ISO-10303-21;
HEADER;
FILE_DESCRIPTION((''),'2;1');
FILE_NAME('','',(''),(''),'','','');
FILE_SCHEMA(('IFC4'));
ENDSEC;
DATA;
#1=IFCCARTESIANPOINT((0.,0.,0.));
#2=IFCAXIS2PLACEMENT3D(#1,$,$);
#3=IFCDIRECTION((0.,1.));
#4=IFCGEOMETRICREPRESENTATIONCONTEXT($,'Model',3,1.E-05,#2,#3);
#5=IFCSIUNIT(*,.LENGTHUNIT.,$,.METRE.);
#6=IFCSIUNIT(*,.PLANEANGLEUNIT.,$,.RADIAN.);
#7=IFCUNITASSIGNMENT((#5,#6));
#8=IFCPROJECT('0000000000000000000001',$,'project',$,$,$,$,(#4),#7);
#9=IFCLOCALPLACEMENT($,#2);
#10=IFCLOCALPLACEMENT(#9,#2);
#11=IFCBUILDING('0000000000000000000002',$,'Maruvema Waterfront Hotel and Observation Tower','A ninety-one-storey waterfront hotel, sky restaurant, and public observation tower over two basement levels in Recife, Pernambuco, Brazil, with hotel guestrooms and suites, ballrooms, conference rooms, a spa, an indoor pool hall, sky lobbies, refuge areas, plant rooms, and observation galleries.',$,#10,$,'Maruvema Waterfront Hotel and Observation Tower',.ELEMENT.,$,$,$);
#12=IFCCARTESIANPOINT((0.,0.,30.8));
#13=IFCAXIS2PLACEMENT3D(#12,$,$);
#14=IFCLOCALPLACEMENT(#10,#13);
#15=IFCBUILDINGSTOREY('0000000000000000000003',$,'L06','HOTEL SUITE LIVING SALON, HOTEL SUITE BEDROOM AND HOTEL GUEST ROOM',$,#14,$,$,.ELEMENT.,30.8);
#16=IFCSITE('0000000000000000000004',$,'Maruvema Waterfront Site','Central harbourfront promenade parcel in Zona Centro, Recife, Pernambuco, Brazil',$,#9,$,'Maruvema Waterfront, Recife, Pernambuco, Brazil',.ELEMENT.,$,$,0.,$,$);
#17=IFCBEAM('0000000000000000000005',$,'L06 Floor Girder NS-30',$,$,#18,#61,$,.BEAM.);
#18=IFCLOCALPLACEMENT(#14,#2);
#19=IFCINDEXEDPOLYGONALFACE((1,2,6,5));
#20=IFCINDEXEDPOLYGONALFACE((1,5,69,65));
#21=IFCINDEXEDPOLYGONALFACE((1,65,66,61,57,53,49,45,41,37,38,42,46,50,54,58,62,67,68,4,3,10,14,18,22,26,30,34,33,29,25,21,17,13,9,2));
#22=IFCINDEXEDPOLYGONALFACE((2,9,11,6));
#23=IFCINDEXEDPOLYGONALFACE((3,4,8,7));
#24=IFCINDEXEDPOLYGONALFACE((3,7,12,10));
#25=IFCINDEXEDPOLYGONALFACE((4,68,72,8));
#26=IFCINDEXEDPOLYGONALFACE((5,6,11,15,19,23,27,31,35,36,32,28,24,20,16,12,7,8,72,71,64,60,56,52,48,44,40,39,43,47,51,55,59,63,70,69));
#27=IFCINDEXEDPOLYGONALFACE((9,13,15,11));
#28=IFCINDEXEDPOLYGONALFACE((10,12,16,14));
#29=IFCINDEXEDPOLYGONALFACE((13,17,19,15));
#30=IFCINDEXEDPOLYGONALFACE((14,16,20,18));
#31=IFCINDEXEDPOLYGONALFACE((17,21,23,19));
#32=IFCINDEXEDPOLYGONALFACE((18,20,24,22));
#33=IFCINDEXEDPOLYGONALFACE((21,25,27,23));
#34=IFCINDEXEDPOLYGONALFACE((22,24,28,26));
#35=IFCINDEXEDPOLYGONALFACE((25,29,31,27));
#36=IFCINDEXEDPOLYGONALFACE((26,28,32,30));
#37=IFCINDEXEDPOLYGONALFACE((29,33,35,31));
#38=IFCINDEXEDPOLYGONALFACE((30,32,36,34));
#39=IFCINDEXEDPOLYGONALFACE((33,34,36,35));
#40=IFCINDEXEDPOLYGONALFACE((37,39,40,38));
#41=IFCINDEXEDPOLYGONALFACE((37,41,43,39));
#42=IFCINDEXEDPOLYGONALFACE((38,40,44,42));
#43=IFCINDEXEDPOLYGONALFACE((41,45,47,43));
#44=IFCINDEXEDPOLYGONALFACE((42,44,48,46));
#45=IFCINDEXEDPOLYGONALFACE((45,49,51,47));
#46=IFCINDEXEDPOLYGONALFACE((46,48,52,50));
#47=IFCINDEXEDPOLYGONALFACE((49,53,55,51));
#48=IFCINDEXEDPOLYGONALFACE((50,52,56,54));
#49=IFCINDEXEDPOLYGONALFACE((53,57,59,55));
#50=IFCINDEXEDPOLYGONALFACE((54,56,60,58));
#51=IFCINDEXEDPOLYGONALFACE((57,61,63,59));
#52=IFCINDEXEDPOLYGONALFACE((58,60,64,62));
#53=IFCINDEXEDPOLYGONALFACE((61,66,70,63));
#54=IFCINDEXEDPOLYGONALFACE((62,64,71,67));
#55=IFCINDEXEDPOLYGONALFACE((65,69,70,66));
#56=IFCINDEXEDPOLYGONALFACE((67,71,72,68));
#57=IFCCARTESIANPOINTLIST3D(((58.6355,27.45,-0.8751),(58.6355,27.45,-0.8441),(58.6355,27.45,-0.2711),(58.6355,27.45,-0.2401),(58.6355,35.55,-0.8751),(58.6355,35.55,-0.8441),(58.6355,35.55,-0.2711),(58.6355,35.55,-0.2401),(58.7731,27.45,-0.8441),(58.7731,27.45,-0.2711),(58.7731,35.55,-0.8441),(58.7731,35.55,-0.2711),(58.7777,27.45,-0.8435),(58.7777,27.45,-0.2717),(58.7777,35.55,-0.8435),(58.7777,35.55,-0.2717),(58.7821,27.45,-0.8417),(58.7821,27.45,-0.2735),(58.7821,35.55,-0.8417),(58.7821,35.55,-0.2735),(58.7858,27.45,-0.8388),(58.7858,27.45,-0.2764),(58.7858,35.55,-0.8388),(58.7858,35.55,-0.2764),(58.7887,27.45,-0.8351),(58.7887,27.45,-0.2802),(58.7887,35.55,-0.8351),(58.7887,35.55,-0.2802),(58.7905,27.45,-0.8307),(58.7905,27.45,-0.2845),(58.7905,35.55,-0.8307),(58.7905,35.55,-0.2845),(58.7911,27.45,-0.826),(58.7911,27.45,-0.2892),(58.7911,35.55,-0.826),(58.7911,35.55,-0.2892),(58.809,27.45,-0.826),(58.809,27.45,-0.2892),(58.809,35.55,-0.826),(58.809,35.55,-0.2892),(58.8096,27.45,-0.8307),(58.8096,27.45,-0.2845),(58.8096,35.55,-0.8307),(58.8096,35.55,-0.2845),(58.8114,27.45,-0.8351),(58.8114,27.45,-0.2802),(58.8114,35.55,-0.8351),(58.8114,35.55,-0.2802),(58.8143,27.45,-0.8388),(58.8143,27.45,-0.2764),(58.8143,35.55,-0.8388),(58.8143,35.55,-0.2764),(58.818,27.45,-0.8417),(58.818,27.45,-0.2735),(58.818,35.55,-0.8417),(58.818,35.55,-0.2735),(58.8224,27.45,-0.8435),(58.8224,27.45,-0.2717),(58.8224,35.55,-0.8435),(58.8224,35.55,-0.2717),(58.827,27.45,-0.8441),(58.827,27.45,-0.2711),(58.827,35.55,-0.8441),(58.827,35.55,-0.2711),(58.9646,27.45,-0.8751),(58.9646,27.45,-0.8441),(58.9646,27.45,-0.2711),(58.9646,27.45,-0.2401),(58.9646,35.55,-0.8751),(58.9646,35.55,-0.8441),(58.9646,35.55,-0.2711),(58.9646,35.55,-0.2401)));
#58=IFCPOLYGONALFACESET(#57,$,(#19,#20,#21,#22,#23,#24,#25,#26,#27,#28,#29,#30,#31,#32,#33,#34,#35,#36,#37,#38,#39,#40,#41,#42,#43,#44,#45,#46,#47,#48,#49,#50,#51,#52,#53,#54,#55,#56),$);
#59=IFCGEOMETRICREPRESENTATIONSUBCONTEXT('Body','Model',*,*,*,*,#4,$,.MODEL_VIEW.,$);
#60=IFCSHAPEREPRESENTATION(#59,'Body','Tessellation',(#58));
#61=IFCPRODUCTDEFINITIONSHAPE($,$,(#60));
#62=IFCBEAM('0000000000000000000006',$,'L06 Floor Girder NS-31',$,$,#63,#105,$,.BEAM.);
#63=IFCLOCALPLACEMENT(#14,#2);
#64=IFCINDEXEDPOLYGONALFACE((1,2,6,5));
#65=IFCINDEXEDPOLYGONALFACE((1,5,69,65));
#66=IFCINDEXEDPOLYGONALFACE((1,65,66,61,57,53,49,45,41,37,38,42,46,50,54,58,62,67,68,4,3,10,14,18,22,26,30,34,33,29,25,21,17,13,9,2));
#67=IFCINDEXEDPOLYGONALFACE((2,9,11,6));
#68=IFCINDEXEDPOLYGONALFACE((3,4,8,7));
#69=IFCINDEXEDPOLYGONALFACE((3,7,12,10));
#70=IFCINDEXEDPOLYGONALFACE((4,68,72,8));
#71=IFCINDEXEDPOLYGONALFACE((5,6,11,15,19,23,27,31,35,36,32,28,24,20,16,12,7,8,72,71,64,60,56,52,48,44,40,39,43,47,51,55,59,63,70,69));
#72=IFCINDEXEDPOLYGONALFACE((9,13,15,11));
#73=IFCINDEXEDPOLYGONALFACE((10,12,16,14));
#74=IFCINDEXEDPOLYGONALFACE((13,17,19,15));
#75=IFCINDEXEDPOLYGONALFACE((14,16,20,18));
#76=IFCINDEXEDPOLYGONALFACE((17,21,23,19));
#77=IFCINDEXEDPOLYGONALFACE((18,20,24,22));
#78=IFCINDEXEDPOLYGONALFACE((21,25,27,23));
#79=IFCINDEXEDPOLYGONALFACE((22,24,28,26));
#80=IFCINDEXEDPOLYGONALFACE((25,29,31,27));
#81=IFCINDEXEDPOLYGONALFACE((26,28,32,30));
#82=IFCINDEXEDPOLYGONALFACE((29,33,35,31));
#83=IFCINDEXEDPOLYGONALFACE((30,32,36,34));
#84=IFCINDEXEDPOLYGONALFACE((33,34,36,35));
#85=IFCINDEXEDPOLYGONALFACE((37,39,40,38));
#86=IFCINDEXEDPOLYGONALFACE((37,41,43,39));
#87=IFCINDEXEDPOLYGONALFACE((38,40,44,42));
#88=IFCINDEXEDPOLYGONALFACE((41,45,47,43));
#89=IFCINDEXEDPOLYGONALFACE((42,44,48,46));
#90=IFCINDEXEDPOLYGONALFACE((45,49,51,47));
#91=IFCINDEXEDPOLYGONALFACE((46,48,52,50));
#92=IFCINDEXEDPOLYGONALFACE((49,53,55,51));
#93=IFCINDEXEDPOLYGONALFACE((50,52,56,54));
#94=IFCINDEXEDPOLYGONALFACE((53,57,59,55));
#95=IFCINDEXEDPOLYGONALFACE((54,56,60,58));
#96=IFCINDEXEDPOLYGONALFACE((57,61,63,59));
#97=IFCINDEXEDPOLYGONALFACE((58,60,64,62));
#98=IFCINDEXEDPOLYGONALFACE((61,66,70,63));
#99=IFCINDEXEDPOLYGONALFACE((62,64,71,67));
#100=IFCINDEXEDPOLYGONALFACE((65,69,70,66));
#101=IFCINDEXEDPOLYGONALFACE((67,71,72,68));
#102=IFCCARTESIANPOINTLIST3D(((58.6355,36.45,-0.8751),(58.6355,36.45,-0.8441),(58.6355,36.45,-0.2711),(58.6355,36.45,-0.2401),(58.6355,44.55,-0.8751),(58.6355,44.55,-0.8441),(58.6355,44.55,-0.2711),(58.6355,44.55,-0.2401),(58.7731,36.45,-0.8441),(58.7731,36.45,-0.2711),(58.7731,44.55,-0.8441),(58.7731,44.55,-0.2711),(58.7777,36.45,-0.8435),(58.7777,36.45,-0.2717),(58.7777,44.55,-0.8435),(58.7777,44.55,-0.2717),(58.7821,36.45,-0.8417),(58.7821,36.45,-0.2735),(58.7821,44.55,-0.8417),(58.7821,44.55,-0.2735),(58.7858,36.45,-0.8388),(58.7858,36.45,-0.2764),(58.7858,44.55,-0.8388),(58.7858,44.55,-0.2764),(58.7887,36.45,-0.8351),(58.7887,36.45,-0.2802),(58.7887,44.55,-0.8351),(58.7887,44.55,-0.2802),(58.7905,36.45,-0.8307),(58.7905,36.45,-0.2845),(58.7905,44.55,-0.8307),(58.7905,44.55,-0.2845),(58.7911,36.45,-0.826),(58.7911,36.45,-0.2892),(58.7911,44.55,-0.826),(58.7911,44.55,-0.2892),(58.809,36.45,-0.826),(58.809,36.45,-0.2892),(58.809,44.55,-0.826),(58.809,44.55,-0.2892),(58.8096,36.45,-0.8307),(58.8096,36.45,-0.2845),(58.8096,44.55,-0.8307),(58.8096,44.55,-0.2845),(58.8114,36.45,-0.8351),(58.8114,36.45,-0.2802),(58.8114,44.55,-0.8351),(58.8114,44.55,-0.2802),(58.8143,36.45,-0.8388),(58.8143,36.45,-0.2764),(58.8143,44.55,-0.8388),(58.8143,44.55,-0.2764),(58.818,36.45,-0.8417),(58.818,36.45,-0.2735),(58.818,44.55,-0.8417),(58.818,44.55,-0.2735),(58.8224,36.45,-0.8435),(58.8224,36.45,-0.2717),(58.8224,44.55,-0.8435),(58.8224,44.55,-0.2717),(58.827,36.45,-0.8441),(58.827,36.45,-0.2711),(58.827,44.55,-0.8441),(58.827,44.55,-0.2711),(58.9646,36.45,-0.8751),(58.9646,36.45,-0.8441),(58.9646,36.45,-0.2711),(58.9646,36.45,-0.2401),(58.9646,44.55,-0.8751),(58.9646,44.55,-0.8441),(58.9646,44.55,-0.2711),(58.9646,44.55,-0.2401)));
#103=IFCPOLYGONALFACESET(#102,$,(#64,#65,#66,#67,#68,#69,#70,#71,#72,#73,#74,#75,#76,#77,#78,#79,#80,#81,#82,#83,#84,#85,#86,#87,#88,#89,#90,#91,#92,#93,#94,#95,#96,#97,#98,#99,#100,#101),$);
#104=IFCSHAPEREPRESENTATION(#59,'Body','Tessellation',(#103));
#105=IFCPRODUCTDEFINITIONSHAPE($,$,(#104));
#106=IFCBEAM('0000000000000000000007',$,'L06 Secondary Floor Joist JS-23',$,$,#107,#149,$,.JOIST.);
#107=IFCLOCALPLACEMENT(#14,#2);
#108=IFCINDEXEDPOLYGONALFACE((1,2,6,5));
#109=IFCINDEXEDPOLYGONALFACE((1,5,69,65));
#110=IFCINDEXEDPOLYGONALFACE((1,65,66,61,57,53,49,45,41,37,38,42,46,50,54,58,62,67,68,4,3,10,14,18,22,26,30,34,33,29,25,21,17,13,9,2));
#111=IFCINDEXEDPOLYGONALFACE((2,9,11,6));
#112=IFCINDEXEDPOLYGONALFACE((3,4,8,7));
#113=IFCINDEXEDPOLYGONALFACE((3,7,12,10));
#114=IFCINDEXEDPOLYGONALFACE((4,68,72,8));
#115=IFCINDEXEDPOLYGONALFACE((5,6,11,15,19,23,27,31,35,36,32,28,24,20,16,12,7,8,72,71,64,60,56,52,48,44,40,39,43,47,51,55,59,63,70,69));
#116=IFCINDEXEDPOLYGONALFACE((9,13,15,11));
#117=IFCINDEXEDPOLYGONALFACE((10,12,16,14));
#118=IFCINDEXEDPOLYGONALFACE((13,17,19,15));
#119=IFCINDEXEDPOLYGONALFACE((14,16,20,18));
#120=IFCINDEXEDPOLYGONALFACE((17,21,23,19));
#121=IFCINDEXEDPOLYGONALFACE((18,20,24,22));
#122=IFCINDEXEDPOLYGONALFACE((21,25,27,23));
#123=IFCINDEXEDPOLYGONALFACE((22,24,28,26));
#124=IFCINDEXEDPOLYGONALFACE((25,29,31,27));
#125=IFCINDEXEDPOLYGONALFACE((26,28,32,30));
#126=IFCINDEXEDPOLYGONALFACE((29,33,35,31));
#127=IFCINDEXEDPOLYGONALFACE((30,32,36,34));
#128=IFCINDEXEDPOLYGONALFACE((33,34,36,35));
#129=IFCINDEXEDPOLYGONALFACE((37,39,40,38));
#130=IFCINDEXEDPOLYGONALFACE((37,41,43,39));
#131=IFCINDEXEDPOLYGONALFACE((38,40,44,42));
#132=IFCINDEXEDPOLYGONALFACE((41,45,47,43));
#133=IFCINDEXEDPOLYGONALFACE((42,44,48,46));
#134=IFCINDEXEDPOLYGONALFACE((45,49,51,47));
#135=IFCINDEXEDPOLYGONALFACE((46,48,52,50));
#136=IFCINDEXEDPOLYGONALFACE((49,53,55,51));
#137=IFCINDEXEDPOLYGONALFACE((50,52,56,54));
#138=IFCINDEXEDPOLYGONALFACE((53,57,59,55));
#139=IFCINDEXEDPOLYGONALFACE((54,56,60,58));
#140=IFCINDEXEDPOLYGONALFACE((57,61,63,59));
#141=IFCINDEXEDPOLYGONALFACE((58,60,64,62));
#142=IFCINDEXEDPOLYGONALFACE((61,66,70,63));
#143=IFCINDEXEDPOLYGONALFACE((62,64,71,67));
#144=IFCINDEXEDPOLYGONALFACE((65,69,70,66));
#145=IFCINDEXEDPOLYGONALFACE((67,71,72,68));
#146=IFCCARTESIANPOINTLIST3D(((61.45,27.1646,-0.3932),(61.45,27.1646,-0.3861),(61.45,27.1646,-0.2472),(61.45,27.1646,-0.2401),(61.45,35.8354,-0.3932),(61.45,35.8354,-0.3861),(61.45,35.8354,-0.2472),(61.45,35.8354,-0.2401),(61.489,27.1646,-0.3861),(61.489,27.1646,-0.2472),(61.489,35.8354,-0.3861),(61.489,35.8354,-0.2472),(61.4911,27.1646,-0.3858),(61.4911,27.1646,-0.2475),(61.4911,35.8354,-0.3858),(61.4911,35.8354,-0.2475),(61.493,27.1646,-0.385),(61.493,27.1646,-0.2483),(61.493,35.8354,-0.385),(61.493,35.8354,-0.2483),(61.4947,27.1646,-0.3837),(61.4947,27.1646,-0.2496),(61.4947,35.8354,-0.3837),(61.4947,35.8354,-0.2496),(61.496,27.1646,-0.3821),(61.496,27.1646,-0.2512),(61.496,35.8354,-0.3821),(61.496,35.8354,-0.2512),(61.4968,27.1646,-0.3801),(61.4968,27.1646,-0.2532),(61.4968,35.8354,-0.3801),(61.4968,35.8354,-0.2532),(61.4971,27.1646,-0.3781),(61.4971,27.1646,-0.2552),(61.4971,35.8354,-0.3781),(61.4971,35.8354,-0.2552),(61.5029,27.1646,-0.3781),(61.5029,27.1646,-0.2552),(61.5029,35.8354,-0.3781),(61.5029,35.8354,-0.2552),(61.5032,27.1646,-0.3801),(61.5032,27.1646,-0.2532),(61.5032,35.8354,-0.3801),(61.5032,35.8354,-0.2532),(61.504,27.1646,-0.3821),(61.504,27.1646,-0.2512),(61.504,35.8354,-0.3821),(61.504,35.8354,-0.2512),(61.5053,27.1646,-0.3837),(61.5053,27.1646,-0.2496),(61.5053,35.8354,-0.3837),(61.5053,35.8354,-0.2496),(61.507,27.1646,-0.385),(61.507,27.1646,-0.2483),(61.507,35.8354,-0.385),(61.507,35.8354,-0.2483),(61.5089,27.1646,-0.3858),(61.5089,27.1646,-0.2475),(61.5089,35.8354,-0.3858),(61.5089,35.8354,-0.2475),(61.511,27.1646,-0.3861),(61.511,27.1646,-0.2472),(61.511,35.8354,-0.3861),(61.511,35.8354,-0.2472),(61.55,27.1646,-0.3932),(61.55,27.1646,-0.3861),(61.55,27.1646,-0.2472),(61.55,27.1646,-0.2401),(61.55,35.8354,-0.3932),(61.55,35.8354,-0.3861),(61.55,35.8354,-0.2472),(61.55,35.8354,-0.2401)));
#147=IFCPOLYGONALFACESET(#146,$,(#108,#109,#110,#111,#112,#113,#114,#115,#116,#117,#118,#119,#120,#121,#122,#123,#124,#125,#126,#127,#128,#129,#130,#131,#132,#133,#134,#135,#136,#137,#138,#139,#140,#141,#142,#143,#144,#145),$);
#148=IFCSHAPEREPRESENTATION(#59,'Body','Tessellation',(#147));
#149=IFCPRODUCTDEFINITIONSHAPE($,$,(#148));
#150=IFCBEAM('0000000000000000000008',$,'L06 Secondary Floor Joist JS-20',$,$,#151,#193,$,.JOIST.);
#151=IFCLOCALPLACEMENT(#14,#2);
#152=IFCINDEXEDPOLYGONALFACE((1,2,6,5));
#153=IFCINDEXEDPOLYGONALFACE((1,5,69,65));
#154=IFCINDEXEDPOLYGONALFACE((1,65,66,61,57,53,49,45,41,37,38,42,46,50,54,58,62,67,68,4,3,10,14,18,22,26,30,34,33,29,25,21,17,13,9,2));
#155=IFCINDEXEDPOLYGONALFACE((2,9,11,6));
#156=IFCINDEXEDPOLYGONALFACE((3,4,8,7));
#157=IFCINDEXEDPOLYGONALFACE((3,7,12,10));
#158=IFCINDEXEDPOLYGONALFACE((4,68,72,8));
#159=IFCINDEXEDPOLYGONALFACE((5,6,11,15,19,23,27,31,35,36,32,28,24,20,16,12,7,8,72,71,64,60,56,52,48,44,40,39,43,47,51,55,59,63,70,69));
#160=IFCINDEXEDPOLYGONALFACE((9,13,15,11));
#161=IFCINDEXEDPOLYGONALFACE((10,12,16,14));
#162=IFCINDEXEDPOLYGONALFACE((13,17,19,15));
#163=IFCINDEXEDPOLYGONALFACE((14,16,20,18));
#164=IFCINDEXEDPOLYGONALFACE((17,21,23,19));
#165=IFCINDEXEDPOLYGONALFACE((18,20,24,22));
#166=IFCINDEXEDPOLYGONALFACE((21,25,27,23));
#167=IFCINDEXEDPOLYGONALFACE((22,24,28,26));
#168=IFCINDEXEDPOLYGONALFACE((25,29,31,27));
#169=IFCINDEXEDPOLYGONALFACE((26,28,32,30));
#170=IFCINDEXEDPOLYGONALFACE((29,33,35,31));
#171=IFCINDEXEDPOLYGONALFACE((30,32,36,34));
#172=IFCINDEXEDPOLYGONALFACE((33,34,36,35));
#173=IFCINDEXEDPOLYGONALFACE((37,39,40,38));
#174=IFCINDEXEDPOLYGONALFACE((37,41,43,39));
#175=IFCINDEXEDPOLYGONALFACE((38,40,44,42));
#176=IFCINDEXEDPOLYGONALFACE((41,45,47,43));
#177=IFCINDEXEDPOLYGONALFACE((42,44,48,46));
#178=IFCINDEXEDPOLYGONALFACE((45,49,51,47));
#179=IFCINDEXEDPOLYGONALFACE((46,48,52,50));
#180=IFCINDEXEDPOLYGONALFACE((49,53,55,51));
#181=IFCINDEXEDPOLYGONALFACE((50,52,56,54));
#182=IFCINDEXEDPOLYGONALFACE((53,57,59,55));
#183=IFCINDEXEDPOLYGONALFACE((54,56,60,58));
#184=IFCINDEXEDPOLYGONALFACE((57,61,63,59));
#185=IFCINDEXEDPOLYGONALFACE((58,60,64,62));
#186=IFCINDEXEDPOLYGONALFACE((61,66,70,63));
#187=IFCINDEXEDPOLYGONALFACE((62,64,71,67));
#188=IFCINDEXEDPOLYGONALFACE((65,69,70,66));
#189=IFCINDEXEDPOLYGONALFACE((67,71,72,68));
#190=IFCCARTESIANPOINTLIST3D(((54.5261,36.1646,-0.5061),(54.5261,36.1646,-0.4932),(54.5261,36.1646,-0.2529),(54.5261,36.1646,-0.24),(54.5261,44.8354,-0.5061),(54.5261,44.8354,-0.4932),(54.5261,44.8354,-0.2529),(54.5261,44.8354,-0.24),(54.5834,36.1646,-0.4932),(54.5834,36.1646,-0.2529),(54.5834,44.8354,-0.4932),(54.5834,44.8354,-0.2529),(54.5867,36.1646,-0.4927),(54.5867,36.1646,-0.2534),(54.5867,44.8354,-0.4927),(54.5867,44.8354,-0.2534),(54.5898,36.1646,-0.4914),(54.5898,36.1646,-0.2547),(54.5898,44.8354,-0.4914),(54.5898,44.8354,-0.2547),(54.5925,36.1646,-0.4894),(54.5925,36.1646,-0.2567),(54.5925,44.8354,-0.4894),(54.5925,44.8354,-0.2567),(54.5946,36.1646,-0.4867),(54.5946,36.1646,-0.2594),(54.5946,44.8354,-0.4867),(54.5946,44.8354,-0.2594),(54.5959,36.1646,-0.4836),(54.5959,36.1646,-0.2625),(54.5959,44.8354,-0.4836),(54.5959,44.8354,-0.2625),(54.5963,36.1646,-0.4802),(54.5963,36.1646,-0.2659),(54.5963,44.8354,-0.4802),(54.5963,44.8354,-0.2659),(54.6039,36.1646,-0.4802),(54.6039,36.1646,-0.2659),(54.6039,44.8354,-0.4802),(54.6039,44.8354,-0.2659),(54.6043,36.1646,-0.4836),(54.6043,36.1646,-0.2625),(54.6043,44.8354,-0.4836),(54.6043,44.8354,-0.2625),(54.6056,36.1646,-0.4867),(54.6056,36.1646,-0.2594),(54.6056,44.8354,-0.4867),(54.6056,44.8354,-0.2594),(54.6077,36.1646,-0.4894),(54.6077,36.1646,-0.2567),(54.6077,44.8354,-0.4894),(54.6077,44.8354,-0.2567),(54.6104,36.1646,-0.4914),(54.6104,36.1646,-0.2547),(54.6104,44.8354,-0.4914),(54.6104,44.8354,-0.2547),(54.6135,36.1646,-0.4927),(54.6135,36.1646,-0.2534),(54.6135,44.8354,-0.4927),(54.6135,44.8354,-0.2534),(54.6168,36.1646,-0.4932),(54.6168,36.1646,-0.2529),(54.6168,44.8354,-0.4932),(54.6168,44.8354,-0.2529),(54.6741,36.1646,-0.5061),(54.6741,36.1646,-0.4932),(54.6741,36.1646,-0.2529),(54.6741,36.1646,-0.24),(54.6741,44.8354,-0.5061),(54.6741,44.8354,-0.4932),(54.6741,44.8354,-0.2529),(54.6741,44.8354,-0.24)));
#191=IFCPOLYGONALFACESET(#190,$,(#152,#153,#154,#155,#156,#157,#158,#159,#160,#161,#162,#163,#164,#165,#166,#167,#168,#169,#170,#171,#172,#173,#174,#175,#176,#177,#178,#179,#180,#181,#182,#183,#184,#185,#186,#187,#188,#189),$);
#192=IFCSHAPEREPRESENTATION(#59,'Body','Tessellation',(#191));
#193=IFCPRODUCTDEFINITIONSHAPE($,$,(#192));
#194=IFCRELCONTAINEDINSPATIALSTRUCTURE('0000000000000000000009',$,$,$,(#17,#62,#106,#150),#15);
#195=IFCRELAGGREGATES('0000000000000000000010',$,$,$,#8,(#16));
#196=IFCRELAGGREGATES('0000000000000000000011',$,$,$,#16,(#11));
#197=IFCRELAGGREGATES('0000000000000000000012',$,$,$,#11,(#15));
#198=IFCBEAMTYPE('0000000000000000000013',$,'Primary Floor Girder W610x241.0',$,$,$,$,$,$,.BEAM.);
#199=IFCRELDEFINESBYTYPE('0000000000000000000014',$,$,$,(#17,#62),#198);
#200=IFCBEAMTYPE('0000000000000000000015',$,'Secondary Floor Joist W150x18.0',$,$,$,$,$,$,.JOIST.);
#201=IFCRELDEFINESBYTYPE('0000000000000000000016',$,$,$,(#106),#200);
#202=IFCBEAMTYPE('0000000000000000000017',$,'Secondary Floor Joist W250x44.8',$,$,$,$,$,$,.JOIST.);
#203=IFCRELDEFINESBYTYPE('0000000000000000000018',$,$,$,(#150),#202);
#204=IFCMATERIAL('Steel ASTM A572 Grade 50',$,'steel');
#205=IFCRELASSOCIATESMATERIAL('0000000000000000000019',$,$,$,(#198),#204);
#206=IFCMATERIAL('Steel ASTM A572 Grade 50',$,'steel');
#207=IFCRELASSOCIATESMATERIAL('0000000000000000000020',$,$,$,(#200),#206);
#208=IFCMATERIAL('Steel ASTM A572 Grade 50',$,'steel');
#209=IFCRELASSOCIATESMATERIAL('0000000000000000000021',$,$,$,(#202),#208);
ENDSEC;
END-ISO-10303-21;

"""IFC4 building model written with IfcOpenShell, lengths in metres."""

from ifc_helpers import new_model, si_unit, direction, frame, origin, origin_2d, place, context, subcontext, project, spatial, i_section, extrude, material, material_profile, profile_set, type_object, element, save


model = new_model("IFC4")

# Units and contexts
model_context = context("Model", 3, precision=1e-05, world=origin(), true_north=direction((0.0, 1.0)))
body_context = subcontext(model_context, "Body", "Model", "MODEL_VIEW")
ifc_project = project(units=[si_unit("LENGTHUNIT", "METRE"), si_unit("PLANEANGLEUNIT", "RADIAN")], contexts=[model_context])

# Site, building, storey
site_placement = place(None, origin())
site = spatial("IfcSite", under=ifc_project, at=site_placement, Name="Maruvema Waterfront Site", Description="Central harbourfront promenade parcel in Zona Centro, Recife, Pernambuco, Brazil", LongName="Maruvema Waterfront, Recife, Pernambuco, Brazil", CompositionType="ELEMENT", RefElevation=0.0)
building_placement = place(site_placement, origin())
building = spatial("IfcBuilding", under=site, at=building_placement, Name="Maruvema Waterfront Hotel and Observation Tower", Description="A ninety-one-storey waterfront hotel, sky restaurant, and public observation tower over two basement levels in Recife, Pernambuco, Brazil, with hotel guestrooms and suites, ballrooms, conference rooms, a spa, an indoor pool hall, sky lobbies, refuge areas, plant rooms, and observation galleries.", LongName="Maruvema Waterfront Hotel and Observation Tower", CompositionType="ELEMENT")
storey_placement = place(building_placement, frame((0.0, 0.0, 30.8)))
storey = spatial("IfcBuildingStorey", under=building, at=storey_placement, Name="L06", Description="HOTEL SUITE LIVING SALON, HOTEL SUITE BEDROOM AND HOTEL GUEST ROOM", CompositionType="ELEMENT", Elevation=30.8)

# Beams
ifc_material_1 = material(Name="Steel ASTM A572 Grade 50", Category="steel")
ifc_material_profile_1 = material_profile(ifc_material_1, i_section(OverallWidth=0.3291, OverallDepth=0.635, WebThickness=0.0178, FlangeThickness=0.031, FilletRadius=0.0181, at=origin_2d()), Name="W610x241.0")
ifc_profile_set_1 = profile_set([ifc_material_profile_1], Name="Steel ASTM A572 Grade 50")
beam_type_1 = type_object("IfcBeamType", Name="Primary Floor Girder W610x241.0", PredefinedType="BEAM", material=ifc_profile_set_1)
for number, where, z_axis, x_axis, name in (
    (1, (58.8, 27.45, -0.5576), (0.0, 1.0, 0.0), (-1.0, 0.0, 0.0), "L06 Floor Girder NS-30"),
    (2, (58.8, 36.45, -0.5576), (0.0, 1.0, 0.0), (-1.0, 0.0, 0.0), "L06 Floor Girder NS-31"),
):
    element("IfcBeam", number, at=place(storey_placement, frame(where, z_axis=z_axis, x_axis=x_axis)), inside=storey, type_object=beam_type_1, Name=name, PredefinedType="BEAM", context=body_context, shape_type="SweptSolid", body=[
        extrude(i_section(OverallWidth=0.3291, OverallDepth=0.635, WebThickness=0.0178, FlangeThickness=0.031, FilletRadius=0.0181, at=origin_2d()), origin(), (0.0, 0.0, 1.0), 8.1001),
    ])
ifc_material_2 = material(Name="Steel ASTM A572 Grade 50", Category="steel")
ifc_material_profile_2 = material_profile(ifc_material_2, i_section(OverallWidth=0.1001, OverallDepth=0.1531, WebThickness=0.0059, FlangeThickness=0.0071, FilletRadius=0.0081, at=origin_2d()), Name="W150x18.0")
ifc_profile_set_2 = profile_set([ifc_material_profile_2], Name="Steel ASTM A572 Grade 50")
beam_type_2 = type_object("IfcBeamType", Name="Secondary Floor Joist W150x18.0", PredefinedType="JOIST", material=ifc_profile_set_2)
beam_1_placement = place(storey_placement, frame((61.5, 27.1646, -0.3167), z_axis=(0.0, 1.0, 0.0), x_axis=(-1.0, 0.0, 0.0)))
element("IfcBeam", 3, at=beam_1_placement, inside=storey, type_object=beam_type_2, Name="L06 Secondary Floor Joist JS-23", PredefinedType="JOIST", context=body_context, shape_type="SweptSolid", body=[
    extrude(i_section(OverallWidth=0.1001, OverallDepth=0.1531, WebThickness=0.0059, FlangeThickness=0.0071, FilletRadius=0.0081, at=origin_2d()), origin(), (0.0, 0.0, 1.0), 8.6709),
])
ifc_material_3 = material(Name="Steel ASTM A572 Grade 50", Category="steel")
ifc_material_profile_3 = material_profile(ifc_material_3, i_section(OverallWidth=0.1479, OverallDepth=0.2661, WebThickness=0.0076, FlangeThickness=0.0129, FilletRadius=0.0129, at=origin_2d()), Name="W250x44.8")
ifc_profile_set_3 = profile_set([ifc_material_profile_3], Name="Steel ASTM A572 Grade 50")
beam_type_3 = type_object("IfcBeamType", Name="Secondary Floor Joist W250x44.8", PredefinedType="JOIST", material=ifc_profile_set_3)
beam_2_placement = place(storey_placement, frame((54.6001, 36.1646, -0.373), z_axis=(0.0, 1.0, 0.0), x_axis=(-1.0, 0.0, 0.0)))
element("IfcBeam", 4, at=beam_2_placement, inside=storey, type_object=beam_type_3, Name="L06 Secondary Floor Joist JS-20", PredefinedType="JOIST", context=body_context, shape_type="SweptSolid", body=[
    extrude(i_section(OverallWidth=0.1479, OverallDepth=0.2661, WebThickness=0.0076, FlangeThickness=0.0129, FilletRadius=0.0129, at=origin_2d()), origin(), (0.0, 0.0, 1.0), 8.6709),
])

save(model, "model.ifc")
